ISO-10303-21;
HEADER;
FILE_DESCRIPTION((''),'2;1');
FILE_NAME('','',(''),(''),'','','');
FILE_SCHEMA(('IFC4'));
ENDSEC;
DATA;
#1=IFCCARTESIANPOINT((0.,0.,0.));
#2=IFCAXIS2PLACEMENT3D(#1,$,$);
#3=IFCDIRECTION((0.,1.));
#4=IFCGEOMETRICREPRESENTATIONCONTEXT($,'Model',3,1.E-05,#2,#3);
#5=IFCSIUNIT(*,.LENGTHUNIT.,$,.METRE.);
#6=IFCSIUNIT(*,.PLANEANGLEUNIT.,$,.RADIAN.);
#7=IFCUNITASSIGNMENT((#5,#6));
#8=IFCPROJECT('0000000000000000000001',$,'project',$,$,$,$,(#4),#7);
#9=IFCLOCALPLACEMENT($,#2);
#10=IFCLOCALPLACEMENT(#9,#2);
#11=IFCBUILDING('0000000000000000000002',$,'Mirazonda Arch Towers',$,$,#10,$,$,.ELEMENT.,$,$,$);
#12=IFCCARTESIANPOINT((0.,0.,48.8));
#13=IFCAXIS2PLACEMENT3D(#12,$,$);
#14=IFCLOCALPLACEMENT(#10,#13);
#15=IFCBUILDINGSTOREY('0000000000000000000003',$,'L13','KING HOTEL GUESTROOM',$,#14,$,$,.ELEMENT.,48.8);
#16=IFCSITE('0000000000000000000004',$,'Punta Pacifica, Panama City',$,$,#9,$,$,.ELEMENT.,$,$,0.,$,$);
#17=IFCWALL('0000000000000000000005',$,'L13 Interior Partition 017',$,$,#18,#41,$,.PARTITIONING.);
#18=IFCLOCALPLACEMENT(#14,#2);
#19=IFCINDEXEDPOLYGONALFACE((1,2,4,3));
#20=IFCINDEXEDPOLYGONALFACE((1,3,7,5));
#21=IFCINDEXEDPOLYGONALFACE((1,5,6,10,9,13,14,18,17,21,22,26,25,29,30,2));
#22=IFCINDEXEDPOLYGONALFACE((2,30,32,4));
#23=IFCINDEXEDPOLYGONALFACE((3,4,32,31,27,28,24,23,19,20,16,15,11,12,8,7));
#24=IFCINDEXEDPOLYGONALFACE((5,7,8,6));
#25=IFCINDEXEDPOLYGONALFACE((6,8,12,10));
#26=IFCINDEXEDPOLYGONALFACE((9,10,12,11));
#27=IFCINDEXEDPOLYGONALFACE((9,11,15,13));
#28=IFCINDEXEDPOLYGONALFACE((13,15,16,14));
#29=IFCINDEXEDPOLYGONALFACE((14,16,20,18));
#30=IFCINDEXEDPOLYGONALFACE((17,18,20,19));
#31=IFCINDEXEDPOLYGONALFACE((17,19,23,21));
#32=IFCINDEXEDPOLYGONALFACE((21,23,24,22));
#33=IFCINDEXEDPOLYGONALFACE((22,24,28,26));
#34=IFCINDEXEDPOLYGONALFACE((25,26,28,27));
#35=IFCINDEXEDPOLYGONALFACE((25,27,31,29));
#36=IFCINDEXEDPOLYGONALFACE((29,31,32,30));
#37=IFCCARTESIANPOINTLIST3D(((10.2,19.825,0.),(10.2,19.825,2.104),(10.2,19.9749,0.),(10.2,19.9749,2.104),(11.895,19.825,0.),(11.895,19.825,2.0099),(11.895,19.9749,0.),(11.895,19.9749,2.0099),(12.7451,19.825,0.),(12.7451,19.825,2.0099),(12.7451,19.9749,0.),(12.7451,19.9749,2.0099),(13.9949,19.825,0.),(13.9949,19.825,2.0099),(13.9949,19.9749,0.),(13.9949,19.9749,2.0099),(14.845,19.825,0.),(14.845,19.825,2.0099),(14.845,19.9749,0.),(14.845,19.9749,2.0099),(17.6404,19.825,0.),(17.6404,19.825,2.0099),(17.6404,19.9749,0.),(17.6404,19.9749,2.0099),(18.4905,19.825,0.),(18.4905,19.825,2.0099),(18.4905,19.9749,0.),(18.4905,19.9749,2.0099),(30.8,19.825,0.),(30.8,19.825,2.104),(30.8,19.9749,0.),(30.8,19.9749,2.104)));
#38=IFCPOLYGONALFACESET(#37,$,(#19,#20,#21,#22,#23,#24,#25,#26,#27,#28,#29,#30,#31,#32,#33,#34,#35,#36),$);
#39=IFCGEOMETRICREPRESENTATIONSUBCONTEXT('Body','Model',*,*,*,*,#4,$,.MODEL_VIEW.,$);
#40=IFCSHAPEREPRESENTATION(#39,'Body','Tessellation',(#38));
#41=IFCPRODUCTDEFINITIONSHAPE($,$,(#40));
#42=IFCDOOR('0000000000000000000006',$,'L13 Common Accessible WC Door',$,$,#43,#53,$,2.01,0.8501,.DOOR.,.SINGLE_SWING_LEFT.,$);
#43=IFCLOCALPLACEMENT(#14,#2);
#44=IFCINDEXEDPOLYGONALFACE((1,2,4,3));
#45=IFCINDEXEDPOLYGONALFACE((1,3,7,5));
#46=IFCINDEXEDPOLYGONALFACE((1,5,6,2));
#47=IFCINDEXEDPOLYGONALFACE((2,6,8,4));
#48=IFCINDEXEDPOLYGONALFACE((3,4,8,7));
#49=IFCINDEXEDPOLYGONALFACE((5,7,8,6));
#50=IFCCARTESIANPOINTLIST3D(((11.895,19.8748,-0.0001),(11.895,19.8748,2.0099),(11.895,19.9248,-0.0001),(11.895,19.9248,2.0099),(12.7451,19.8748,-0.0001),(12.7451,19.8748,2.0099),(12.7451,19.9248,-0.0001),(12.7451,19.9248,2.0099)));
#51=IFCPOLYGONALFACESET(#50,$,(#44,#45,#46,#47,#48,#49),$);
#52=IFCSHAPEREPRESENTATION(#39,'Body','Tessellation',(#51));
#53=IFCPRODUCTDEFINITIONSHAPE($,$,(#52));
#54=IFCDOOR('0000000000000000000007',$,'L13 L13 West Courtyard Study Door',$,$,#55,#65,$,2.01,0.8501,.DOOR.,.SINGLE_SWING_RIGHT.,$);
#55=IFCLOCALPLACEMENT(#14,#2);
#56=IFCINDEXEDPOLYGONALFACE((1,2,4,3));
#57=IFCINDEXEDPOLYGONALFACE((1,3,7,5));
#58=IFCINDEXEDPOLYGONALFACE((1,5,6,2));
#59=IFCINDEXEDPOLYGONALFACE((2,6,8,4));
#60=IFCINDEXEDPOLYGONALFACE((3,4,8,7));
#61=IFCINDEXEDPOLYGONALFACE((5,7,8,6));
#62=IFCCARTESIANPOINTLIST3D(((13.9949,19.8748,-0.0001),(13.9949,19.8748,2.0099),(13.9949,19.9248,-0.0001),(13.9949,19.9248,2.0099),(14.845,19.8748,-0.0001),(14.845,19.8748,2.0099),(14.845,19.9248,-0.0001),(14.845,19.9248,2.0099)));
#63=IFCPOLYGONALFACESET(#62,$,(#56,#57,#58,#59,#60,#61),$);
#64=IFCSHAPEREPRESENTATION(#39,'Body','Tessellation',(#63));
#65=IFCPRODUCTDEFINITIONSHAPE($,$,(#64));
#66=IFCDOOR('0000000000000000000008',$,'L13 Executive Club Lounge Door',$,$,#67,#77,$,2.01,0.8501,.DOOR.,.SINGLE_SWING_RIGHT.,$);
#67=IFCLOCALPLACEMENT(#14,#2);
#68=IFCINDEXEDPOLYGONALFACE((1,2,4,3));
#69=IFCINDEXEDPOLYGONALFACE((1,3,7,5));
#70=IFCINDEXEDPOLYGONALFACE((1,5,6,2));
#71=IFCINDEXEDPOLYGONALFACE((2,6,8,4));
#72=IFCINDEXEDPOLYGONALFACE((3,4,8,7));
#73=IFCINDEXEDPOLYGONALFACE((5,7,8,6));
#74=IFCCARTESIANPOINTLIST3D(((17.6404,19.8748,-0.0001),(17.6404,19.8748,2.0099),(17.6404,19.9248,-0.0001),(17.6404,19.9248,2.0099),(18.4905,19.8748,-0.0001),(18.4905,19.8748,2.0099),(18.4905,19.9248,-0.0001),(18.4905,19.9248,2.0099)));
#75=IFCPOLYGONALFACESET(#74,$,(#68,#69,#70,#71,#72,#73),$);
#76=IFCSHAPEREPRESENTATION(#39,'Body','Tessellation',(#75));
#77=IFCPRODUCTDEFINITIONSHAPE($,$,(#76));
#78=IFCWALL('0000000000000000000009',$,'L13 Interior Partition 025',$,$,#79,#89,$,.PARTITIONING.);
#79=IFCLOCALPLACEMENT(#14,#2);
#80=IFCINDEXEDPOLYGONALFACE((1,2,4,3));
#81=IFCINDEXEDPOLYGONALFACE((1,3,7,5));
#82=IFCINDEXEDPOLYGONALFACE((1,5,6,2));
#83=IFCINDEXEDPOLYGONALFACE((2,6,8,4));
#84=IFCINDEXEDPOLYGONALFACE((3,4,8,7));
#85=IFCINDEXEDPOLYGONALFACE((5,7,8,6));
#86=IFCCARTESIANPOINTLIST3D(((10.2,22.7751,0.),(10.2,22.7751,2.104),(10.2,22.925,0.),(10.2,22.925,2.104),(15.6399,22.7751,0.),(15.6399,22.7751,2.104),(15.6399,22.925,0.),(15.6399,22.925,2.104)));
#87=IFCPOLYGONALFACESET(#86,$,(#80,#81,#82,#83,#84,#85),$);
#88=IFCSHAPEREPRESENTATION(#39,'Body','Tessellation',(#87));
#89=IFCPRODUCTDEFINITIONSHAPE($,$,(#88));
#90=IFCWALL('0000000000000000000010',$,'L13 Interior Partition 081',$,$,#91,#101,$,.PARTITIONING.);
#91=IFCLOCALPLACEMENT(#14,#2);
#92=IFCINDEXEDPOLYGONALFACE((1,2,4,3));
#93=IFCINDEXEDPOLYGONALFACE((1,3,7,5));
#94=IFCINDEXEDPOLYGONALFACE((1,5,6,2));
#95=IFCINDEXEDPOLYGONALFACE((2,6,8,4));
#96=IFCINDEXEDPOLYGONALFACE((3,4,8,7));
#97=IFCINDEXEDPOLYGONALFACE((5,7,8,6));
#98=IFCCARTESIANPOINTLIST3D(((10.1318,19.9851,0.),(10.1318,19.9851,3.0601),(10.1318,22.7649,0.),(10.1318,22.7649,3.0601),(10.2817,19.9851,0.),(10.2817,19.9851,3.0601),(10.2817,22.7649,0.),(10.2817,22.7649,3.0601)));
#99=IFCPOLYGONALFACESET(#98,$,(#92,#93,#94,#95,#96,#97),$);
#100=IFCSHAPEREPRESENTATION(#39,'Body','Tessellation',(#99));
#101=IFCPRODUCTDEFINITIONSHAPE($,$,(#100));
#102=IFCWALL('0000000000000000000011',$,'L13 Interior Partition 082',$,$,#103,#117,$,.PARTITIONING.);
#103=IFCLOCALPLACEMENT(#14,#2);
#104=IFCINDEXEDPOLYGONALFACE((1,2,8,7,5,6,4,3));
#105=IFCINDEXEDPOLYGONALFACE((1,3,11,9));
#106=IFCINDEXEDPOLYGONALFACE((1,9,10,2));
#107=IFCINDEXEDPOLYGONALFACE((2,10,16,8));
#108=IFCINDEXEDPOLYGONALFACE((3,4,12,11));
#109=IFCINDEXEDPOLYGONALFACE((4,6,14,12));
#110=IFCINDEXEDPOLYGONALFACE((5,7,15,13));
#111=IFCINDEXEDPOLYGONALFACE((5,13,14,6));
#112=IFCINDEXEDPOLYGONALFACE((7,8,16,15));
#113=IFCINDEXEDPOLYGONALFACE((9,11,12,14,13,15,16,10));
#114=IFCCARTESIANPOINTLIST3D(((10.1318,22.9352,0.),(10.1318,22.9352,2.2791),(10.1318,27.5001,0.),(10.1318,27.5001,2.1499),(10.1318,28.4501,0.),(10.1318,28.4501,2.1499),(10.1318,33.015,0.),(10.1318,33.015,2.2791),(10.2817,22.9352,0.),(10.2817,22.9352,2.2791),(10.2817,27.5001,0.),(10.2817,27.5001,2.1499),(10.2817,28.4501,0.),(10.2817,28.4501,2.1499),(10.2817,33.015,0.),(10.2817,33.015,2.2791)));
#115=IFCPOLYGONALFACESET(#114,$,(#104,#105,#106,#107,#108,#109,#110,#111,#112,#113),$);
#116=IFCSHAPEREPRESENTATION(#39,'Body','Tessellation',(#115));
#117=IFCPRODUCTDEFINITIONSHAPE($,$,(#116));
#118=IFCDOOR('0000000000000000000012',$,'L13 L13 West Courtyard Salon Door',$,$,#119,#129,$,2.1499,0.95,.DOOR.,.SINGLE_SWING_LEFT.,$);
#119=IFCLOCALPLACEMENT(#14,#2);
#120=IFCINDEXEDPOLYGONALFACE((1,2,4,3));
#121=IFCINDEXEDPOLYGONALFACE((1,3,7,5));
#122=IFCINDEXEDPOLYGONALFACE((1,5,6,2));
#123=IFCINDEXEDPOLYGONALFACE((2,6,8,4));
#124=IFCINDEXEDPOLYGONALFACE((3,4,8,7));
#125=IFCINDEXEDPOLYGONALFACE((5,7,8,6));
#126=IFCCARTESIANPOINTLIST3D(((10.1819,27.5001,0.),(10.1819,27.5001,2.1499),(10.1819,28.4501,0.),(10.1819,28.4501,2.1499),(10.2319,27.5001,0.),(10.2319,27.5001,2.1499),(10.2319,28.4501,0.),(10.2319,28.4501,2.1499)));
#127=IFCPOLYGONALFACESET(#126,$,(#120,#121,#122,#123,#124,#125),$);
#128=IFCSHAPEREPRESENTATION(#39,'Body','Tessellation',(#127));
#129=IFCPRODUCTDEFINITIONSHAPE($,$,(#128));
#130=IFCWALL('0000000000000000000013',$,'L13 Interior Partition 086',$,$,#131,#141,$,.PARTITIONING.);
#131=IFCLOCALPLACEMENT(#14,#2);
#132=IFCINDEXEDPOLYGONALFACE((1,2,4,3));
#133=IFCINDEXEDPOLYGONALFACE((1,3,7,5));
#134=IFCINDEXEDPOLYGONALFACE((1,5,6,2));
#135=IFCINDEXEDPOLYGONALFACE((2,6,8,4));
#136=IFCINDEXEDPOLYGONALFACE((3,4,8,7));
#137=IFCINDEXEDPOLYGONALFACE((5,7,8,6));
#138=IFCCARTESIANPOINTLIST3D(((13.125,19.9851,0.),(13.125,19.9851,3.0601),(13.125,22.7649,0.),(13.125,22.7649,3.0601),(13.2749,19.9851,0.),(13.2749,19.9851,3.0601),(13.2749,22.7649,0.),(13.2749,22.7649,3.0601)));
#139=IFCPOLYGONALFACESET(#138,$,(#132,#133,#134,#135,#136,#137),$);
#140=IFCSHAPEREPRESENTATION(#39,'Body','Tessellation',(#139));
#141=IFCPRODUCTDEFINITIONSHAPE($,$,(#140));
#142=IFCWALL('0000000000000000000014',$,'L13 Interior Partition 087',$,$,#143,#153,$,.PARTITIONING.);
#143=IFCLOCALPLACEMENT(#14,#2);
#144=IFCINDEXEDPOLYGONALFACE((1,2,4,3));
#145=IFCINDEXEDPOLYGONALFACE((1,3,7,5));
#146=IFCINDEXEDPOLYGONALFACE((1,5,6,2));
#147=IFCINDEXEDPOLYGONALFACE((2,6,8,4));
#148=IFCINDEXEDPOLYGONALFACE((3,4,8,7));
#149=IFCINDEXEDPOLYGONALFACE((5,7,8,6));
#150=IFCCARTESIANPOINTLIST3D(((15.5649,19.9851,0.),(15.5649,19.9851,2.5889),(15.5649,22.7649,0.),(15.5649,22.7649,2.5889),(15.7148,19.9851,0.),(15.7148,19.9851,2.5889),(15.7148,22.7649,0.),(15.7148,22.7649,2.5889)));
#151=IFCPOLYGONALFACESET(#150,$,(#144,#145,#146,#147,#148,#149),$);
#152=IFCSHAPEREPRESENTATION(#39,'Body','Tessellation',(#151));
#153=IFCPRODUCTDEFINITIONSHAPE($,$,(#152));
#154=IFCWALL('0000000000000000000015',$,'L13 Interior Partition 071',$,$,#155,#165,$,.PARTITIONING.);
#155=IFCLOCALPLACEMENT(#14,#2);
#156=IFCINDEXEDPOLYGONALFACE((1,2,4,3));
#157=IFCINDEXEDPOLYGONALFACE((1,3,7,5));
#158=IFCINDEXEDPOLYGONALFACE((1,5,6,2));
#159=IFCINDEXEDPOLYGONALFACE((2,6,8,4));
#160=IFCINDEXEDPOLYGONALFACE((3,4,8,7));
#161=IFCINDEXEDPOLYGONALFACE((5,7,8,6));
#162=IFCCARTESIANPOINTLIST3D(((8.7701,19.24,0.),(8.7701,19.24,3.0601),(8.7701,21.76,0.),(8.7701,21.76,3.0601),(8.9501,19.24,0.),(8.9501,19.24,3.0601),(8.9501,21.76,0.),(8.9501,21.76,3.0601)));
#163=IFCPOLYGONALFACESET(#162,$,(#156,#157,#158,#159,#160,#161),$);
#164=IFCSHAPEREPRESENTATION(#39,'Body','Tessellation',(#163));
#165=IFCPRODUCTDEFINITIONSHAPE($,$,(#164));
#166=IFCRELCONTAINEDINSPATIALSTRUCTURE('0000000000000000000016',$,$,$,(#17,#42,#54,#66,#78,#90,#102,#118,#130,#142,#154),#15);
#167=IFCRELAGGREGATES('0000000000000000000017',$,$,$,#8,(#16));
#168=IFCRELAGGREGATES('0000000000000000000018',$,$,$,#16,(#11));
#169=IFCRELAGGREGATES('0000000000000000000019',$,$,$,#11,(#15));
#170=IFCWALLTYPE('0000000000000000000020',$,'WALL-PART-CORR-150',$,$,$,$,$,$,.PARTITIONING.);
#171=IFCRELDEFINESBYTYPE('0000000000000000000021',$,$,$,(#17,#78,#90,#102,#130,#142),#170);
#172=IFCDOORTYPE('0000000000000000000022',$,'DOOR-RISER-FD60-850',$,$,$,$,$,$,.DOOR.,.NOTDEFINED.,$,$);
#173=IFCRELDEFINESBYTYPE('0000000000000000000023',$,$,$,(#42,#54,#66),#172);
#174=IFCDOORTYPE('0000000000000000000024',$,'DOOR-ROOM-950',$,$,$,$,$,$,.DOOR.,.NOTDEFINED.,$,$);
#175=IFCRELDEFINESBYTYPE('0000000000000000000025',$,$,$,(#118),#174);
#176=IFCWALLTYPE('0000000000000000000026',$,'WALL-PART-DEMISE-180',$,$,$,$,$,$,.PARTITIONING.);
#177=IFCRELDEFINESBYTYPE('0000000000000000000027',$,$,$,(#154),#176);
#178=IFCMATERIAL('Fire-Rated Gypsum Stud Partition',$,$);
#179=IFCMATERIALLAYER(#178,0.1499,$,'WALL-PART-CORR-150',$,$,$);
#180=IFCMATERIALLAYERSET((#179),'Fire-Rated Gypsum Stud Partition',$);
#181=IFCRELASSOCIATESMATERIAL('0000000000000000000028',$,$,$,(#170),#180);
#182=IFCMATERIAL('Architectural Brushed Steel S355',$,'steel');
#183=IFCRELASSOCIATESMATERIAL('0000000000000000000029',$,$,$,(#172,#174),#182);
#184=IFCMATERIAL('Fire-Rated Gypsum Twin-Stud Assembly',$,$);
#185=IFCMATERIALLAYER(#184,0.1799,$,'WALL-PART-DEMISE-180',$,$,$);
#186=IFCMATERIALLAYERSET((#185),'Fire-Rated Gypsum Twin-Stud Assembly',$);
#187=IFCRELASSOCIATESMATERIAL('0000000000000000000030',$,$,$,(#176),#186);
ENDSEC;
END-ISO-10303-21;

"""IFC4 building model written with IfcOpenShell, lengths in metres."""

from ifc_helpers import new_model, si_unit, direction, frame, frame_2d, origin, place, context, subcontext, project, spatial, rectangle, extrude, material, layer, layer_set, type_object, element, fill, save


model = new_model("IFC4")

# Units and contexts
model_context = context("Model", 3, precision=1e-05, world=origin(), true_north=direction((0.0, 1.0)))
body_context = subcontext(model_context, "Body", "Model", "MODEL_VIEW")
ifc_project = project(units=[si_unit("LENGTHUNIT", "METRE"), si_unit("PLANEANGLEUNIT", "RADIAN")], contexts=[model_context])

# Site, building, storey
site_placement = place(None, origin())
site = spatial("IfcSite", under=ifc_project, at=site_placement, Name="Punta Pacifica, Panama City", CompositionType="ELEMENT", RefElevation=0.0)
building_placement = place(site_placement, origin())
building = spatial("IfcBuilding", under=site, at=building_placement, Name="Mirazonda Arch Towers", CompositionType="ELEMENT")
storey_placement = place(building_placement, frame((0.0, 0.0, 48.8)))
storey = spatial("IfcBuildingStorey", under=building, at=storey_placement, Name="L13", Description="KING HOTEL GUESTROOM", CompositionType="ELEMENT", Elevation=48.8)

# Shared definitions
ifc_material_1 = material(Name="Architectural Brushed Steel S355", Category="steel")

# Shared definitions
ifc_material_2 = material(Name="Fire-Rated Gypsum Stud Partition")
ifc_layer_1 = layer(ifc_material_2, 0.1499, Name="WALL-PART-CORR-150")
ifc_layer_set_1 = layer_set([ifc_layer_1], Name="Fire-Rated Gypsum Stud Partition")
wall_type_1 = type_object("IfcWallType", Name="WALL-PART-CORR-150", PredefinedType="PARTITIONING", material=ifc_layer_set_1)

# Wall, openings, doors
wall_1_placement = place(storey_placement, frame((10.2, 19.8999, 0.0), z_axis=(0.0, 0.0, 1.0), x_axis=(1.0, 0.0, 0.0)))
wall_1 = element("IfcWall", 1, at=wall_1_placement, inside=storey, type_object=wall_type_1, Name="L13 Interior Partition 017", PredefinedType="PARTITIONING", context=body_context, shape_type="SweptSolid", body=[
    extrude(rectangle(XDim=20.6001, YDim=0.1499, at=frame_2d((10.3, 0.0))), origin(), (0.0, 0.0, 1.0), 2.104),
])
opening_1_placement = place(wall_1_placement, frame((1.6951, 0.0, 0.0)))
opening_1 = element("IfcOpeningElement", 2, at=opening_1_placement, cuts=wall_1, PredefinedType="OPENING", context=body_context, shape_type="SweptSolid", body=[
    extrude(rectangle(XDim=0.8501, YDim=2.01, at=frame_2d((0.425, 1.0049))), frame((0.0, 0.085, 0.0), z_axis=(0.0, -1.0, 0.0), x_axis=(1.0, 0.0, 0.0)), (0.0, 0.0, 1.0), 0.1699),
])
opening_2_placement = place(wall_1_placement, frame((3.7949, 0.0, 0.0)))
opening_2 = element("IfcOpeningElement", 3, at=opening_2_placement, cuts=wall_1, PredefinedType="OPENING", context=body_context, shape_type="SweptSolid", body=[
    extrude(rectangle(XDim=0.8501, YDim=2.01, at=frame_2d((0.425, 1.0049))), frame((0.0, 0.085, 0.0), z_axis=(0.0, -1.0, 0.0), x_axis=(1.0, 0.0, 0.0)), (0.0, 0.0, 1.0), 0.1699),
])
opening_3_placement = place(wall_1_placement, frame((7.4404, 0.0, 0.0)))
opening_3 = element("IfcOpeningElement", 4, at=opening_3_placement, cuts=wall_1, PredefinedType="OPENING", context=body_context, shape_type="SweptSolid", body=[
    extrude(rectangle(XDim=0.8501, YDim=2.01, at=frame_2d((0.425, 1.0049))), frame((0.0, 0.085, 0.0), z_axis=(0.0, -1.0, 0.0), x_axis=(1.0, 0.0, 0.0)), (0.0, 0.0, 1.0), 0.1699),
])
door_type_1 = type_object("IfcDoorType", Name="DOOR-RISER-FD60-850", OperationType="NOTDEFINED", PredefinedType="DOOR", material=ifc_material_1)
door_1_placement = place(opening_1_placement, origin())
door_1 = element("IfcDoor", 5, at=door_1_placement, inside=storey, type_object=door_type_1, Name="L13 Common Accessible WC Door", OperationType="SINGLE_SWING_LEFT", OverallHeight=2.01, OverallWidth=0.8501, PredefinedType="DOOR", context=body_context, shape_type="SweptSolid", body=[
    extrude(rectangle(XDim=0.8501, YDim=2.01, at=frame_2d((0.425, 1.0049))), frame((0.0, 0.0249, 0.0), z_axis=(0.0, -1.0, 0.0), x_axis=(1.0, 0.0, 0.0)), (0.0, 0.0, 1.0), 0.05),
])
fill(opening_1, door_1)
door_2_placement = place(opening_2_placement, origin())
door_2 = element("IfcDoor", 6, at=door_2_placement, inside=storey, type_object=door_type_1, Name="L13 L13 West Courtyard Study Door", OperationType="SINGLE_SWING_RIGHT", OverallHeight=2.01, OverallWidth=0.8501, PredefinedType="DOOR", context=body_context, shape_type="SweptSolid", body=[
    extrude(rectangle(XDim=0.8501, YDim=2.01, at=frame_2d((0.425, 1.0049))), frame((0.0, 0.0249, 0.0), z_axis=(0.0, -1.0, 0.0), x_axis=(1.0, 0.0, 0.0)), (0.0, 0.0, 1.0), 0.05),
])
fill(opening_2, door_2)
door_3_placement = place(opening_3_placement, origin())
door_3 = element("IfcDoor", 7, at=door_3_placement, inside=storey, type_object=door_type_1, Name="L13 Executive Club Lounge Door", OperationType="SINGLE_SWING_RIGHT", OverallHeight=2.01, OverallWidth=0.8501, PredefinedType="DOOR", context=body_context, shape_type="SweptSolid", body=[
    extrude(rectangle(XDim=0.8501, YDim=2.01, at=frame_2d((0.425, 1.0049))), frame((0.0, 0.0249, 0.0), z_axis=(0.0, -1.0, 0.0), x_axis=(1.0, 0.0, 0.0)), (0.0, 0.0, 1.0), 0.05),
])
fill(opening_3, door_3)

# Walls
wall_2_placement = place(storey_placement, frame((10.2, 22.8501, 0.0), z_axis=(0.0, 0.0, 1.0), x_axis=(1.0, 0.0, 0.0)))
element("IfcWall", 8, at=wall_2_placement, inside=storey, type_object=wall_type_1, Name="L13 Interior Partition 025", PredefinedType="PARTITIONING", context=body_context, shape_type="SweptSolid", body=[
    extrude(rectangle(XDim=5.4399, YDim=0.1499, at=frame_2d((2.72, 0.0))), origin(), (0.0, 0.0, 1.0), 2.104),
])
wall_3_placement = place(storey_placement, frame((10.2068, 19.9851, 0.0), z_axis=(0.0, 0.0, 1.0), x_axis=(0.0, 1.0, 0.0)))
element("IfcWall", 9, at=wall_3_placement, inside=storey, type_object=wall_type_1, Name="L13 Interior Partition 081", PredefinedType="PARTITIONING", context=body_context, shape_type="SweptSolid", body=[
    extrude(rectangle(XDim=2.7798, YDim=0.1499, at=frame_2d((1.3899, 0.0))), origin(), (0.0, 0.0, 1.0), 3.0601),
])

# Wall, opening, door
wall_4_placement = place(storey_placement, frame((10.2068, 22.9351, 0.0), z_axis=(0.0, 0.0, 1.0), x_axis=(0.0, 1.0, 0.0)))
wall_4 = element("IfcWall", 10, at=wall_4_placement, inside=storey, type_object=wall_type_1, Name="L13 Interior Partition 082", PredefinedType="PARTITIONING", context=body_context, shape_type="SweptSolid", body=[
    extrude(rectangle(XDim=10.0798, YDim=0.1499, at=frame_2d((5.04, 0.0))), origin(), (0.0, 0.0, 1.0), 2.2791),
])
opening_4_placement = place(wall_4_placement, frame((4.5649, 0.0, 0.0)))
opening_4 = element("IfcOpeningElement", 11, at=opening_4_placement, cuts=wall_4, PredefinedType="OPENING", context=body_context, shape_type="SweptSolid", body=[
    extrude(rectangle(XDim=0.95, YDim=2.1499, at=frame_2d((0.4751, 1.075))), frame((0.0, 0.085, 0.0), z_axis=(0.0, -1.0, 0.0), x_axis=(1.0, 0.0, 0.0)), (0.0, 0.0, 1.0), 0.1699),
])
door_type_2 = type_object("IfcDoorType", Name="DOOR-ROOM-950", OperationType="NOTDEFINED", PredefinedType="DOOR", material=ifc_material_1)
door_4_placement = place(opening_4_placement, origin())
door_4 = element("IfcDoor", 12, at=door_4_placement, inside=storey, type_object=door_type_2, Name="L13 L13 West Courtyard Salon Door", OperationType="SINGLE_SWING_LEFT", OverallHeight=2.1499, OverallWidth=0.95, PredefinedType="DOOR", context=body_context, shape_type="SweptSolid", body=[
    extrude(rectangle(XDim=0.95, YDim=2.1499, at=frame_2d((0.4751, 1.075))), frame((0.0, 0.0249, 0.0), z_axis=(0.0, -1.0, 0.0), x_axis=(1.0, 0.0, 0.0)), (0.0, 0.0, 1.0), 0.05),
])
fill(opening_4, door_4)

# Walls
wall_5_placement = place(storey_placement, frame((13.2, 19.9851, 0.0), z_axis=(0.0, 0.0, 1.0), x_axis=(0.0, 1.0, 0.0)))
element("IfcWall", 13, at=wall_5_placement, inside=storey, type_object=wall_type_1, Name="L13 Interior Partition 086", PredefinedType="PARTITIONING", context=body_context, shape_type="SweptSolid", body=[
    extrude(rectangle(XDim=2.7798, YDim=0.1499, at=frame_2d((1.3899, 0.0))), origin(), (0.0, 0.0, 1.0), 3.0601),
])
wall_6_placement = place(storey_placement, frame((15.6399, 19.9851, 0.0), z_axis=(0.0, 0.0, 1.0), x_axis=(0.0, 1.0, 0.0)))
element("IfcWall", 14, at=wall_6_placement, inside=storey, type_object=wall_type_1, Name="L13 Interior Partition 087", PredefinedType="PARTITIONING", context=body_context, shape_type="SweptSolid", body=[
    extrude(rectangle(XDim=2.7798, YDim=0.1499, at=frame_2d((1.3899, 0.0))), origin(), (0.0, 0.0, 1.0), 2.5889),
])
ifc_material_3 = material(Name="Fire-Rated Gypsum Twin-Stud Assembly")
ifc_layer_2 = layer(ifc_material_3, 0.1799, Name="WALL-PART-DEMISE-180")
ifc_layer_set_2 = layer_set([ifc_layer_2], Name="Fire-Rated Gypsum Twin-Stud Assembly")
wall_type_2 = type_object("IfcWallType", Name="WALL-PART-DEMISE-180", PredefinedType="PARTITIONING", material=ifc_layer_set_2)
wall_7_placement = place(storey_placement, frame((8.8601, 19.24, 0.0), z_axis=(0.0, 0.0, 1.0), x_axis=(0.0, 1.0, 0.0)))
element("IfcWall", 15, at=wall_7_placement, inside=storey, type_object=wall_type_2, Name="L13 Interior Partition 071", PredefinedType="PARTITIONING", context=body_context, shape_type="SweptSolid", body=[
    extrude(rectangle(XDim=2.52, YDim=0.1799, at=frame_2d((1.26, 0.0))), origin(), (0.0, 0.0, 1.0), 3.0601),
])

save(model, "model.ifc")
